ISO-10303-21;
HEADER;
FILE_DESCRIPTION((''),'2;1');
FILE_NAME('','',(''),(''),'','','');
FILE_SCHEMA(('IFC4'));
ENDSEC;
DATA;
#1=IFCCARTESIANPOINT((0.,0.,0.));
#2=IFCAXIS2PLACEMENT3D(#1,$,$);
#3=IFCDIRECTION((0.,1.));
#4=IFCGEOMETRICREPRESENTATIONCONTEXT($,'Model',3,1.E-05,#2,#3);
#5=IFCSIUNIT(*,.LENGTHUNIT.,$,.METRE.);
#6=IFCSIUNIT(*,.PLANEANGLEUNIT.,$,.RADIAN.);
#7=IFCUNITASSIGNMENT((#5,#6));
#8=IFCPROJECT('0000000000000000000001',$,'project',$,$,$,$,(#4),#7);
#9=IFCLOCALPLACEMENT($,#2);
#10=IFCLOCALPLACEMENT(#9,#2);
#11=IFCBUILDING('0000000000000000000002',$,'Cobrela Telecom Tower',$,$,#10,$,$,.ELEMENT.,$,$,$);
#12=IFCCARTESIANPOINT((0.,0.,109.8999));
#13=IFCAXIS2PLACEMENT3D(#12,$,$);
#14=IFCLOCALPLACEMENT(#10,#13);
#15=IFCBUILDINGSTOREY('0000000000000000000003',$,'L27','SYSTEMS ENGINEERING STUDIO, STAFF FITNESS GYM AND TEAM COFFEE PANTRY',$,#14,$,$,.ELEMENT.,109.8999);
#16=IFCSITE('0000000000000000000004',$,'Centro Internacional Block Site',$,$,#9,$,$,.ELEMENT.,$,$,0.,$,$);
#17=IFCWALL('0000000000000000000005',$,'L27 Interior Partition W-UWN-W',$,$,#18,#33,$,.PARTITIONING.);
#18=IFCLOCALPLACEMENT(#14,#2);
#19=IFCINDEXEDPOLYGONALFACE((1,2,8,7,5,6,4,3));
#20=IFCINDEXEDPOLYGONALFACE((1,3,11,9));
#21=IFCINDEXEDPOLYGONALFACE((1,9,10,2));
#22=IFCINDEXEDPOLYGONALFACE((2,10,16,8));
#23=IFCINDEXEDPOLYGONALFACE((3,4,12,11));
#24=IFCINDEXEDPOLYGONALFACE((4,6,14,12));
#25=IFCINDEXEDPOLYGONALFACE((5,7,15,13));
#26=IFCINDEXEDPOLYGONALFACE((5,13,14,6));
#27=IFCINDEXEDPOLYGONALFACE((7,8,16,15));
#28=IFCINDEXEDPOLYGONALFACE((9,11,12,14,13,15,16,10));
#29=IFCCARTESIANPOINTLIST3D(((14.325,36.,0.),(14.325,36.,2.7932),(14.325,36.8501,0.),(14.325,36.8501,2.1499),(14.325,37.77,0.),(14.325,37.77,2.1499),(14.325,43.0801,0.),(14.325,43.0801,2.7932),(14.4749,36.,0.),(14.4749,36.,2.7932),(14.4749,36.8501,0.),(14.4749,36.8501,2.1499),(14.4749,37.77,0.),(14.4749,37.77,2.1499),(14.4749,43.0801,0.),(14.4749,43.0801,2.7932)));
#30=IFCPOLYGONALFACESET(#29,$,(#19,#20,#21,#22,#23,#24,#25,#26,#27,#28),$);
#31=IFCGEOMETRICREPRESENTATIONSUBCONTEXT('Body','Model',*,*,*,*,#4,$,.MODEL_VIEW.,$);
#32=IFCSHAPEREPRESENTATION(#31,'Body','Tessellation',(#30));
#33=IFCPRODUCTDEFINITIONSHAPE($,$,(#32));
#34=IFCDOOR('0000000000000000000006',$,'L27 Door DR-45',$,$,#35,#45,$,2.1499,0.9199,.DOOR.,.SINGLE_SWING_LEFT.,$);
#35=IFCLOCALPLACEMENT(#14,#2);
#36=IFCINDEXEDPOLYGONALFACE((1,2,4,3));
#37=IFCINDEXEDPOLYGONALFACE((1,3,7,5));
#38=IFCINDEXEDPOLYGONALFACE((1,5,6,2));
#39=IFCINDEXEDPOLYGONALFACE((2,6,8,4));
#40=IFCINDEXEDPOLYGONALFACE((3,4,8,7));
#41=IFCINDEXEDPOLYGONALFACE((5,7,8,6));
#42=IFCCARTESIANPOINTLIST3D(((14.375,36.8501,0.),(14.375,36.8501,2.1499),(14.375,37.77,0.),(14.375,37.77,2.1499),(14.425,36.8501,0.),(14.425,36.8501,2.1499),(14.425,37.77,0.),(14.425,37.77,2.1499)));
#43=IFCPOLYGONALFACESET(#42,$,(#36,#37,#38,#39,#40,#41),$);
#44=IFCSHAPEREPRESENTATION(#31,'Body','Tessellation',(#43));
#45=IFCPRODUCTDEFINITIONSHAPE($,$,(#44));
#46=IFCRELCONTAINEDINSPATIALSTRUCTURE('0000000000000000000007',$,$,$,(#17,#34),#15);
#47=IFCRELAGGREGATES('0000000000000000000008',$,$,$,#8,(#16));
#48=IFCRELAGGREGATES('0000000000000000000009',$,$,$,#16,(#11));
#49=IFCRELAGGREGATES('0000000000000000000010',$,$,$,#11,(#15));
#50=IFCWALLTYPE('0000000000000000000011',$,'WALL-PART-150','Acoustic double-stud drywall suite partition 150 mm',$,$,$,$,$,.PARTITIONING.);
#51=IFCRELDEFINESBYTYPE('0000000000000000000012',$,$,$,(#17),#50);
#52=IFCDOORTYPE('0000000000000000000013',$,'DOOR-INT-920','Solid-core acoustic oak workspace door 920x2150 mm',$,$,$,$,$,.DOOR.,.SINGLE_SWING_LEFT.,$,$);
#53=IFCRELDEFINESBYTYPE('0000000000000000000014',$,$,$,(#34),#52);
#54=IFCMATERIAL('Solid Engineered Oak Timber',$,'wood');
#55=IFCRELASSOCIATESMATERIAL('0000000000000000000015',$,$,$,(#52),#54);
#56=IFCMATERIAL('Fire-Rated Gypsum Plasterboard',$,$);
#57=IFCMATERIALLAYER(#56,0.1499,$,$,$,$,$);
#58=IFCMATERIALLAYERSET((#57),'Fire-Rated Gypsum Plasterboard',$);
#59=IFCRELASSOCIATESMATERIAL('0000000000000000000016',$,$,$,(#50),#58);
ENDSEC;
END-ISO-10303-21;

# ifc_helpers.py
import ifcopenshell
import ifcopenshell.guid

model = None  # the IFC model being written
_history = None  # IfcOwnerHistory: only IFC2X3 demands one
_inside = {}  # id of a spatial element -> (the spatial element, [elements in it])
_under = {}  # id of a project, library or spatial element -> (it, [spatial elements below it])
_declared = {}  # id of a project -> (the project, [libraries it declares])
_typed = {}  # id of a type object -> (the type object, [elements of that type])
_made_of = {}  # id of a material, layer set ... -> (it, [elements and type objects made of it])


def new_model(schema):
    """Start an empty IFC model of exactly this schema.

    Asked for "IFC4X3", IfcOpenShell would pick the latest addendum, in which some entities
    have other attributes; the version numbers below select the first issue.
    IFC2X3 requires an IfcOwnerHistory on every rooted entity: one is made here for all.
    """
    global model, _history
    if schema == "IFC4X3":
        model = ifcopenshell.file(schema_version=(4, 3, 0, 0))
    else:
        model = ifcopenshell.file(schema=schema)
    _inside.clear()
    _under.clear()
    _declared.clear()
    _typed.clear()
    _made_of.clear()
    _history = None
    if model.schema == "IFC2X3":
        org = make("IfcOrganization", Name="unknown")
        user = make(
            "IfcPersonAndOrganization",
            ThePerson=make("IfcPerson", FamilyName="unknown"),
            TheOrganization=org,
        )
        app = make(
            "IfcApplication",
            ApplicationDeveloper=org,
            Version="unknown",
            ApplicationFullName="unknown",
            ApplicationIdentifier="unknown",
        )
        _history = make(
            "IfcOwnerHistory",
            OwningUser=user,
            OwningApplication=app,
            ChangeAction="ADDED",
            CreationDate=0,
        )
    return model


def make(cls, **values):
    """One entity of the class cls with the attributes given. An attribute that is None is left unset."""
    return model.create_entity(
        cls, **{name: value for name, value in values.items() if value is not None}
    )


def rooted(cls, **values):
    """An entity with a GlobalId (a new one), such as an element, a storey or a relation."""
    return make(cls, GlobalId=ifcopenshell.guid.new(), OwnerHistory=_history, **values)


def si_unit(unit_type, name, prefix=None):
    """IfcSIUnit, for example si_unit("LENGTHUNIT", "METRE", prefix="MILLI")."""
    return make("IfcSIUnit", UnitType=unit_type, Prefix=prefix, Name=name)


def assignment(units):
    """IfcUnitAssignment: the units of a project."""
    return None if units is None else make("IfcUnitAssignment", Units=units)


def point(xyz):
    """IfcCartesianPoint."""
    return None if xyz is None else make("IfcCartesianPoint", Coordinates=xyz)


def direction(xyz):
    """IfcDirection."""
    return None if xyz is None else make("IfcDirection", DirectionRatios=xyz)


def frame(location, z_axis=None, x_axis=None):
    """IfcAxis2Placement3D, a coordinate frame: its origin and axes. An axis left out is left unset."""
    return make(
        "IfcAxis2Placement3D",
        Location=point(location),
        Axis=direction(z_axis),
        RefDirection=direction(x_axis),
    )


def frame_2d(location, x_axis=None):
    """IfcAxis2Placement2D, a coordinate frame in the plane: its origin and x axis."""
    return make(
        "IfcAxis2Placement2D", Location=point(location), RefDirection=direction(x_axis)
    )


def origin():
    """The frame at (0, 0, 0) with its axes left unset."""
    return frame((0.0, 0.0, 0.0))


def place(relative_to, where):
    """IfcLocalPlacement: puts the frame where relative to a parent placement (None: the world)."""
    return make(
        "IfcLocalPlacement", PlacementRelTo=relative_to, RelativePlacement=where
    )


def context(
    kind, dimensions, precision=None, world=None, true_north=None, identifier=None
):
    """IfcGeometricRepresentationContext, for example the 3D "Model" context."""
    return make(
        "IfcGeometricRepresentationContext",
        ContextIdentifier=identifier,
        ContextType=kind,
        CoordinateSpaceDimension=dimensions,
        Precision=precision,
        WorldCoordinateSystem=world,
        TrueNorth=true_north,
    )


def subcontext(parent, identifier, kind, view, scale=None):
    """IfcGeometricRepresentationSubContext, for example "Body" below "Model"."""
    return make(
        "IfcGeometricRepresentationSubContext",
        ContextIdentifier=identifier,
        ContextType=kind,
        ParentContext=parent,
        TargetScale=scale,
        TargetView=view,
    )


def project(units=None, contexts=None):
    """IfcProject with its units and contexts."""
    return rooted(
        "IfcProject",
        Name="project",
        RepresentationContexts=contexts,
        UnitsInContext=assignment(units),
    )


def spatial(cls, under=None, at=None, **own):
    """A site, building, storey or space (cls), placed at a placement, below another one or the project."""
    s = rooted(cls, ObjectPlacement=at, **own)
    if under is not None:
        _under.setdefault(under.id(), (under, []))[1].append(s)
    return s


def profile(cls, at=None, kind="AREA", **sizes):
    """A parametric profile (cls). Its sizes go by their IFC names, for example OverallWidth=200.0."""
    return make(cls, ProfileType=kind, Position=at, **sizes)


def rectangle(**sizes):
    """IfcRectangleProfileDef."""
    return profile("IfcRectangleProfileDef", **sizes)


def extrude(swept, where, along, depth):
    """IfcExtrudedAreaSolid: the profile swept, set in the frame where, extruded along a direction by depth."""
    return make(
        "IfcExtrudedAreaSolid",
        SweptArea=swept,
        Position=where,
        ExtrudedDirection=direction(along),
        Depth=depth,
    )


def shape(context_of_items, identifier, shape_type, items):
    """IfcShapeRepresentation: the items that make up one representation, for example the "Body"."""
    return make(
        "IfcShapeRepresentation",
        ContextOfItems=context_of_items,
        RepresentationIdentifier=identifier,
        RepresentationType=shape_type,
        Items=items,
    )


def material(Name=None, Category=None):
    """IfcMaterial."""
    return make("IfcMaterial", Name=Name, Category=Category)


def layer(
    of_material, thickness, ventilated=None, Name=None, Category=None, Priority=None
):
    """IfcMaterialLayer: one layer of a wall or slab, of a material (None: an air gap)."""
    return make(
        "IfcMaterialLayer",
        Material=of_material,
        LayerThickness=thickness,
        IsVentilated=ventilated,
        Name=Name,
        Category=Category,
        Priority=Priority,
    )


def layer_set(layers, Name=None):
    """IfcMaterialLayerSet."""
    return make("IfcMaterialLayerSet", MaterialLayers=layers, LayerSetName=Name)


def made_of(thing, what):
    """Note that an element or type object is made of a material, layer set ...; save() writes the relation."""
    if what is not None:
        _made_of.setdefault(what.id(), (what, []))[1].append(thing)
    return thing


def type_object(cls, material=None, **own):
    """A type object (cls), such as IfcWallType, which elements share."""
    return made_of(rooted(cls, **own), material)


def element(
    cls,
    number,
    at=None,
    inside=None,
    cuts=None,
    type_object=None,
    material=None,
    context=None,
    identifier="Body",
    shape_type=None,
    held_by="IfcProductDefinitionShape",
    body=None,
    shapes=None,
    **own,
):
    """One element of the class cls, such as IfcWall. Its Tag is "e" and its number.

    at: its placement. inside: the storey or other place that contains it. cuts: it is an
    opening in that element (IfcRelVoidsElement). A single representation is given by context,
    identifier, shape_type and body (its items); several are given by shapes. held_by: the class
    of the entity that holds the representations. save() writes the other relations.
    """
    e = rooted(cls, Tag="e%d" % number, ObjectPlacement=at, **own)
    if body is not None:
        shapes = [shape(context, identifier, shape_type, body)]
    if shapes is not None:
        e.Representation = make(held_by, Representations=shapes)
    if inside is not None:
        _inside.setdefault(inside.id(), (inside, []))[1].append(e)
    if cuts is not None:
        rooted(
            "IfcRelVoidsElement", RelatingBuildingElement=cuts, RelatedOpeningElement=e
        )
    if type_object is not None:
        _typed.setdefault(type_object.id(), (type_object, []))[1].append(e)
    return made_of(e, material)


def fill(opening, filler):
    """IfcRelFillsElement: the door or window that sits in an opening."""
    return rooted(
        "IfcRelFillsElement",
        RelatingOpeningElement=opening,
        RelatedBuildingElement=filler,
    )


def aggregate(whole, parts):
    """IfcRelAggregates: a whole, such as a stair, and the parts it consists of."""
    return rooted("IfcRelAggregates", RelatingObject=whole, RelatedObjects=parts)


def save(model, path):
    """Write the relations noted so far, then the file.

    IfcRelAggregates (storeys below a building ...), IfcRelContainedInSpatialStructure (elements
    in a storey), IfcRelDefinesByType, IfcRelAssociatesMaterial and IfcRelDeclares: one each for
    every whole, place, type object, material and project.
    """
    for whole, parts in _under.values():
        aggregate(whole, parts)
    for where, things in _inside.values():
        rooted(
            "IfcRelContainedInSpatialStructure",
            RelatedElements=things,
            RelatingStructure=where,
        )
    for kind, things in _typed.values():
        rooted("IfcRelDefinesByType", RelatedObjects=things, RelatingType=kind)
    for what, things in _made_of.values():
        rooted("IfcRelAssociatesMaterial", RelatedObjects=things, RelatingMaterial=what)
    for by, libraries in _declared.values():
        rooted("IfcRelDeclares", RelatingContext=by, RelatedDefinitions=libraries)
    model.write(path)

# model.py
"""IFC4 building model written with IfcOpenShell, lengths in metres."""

from ifc_helpers import new_model, si_unit, direction, frame, frame_2d, origin, place, context, subcontext, project, spatial, rectangle, extrude, material, layer, layer_set, type_object, element, fill, save


model = new_model("IFC4")

# Units and contexts
model_context = context("Model", 3, precision=1e-05, world=origin(), true_north=direction((0.0, 1.0)))
body_context = subcontext(model_context, "Body", "Model", "MODEL_VIEW")
ifc_project = project(units=[si_unit("LENGTHUNIT", "METRE"), si_unit("PLANEANGLEUNIT", "RADIAN")], contexts=[model_context])

# Site, building, storey
site_placement = place(None, origin())
site = spatial("IfcSite", under=ifc_project, at=site_placement, Name="Centro Internacional Block Site", CompositionType="ELEMENT", RefElevation=0.0)
building_placement = place(site_placement, origin())
building = spatial("IfcBuilding", under=site, at=building_placement, Name="Cobrela Telecom Tower", CompositionType="ELEMENT")
storey_placement = place(building_placement, frame((0.0, 0.0, 109.8999)))
storey = spatial("IfcBuildingStorey", under=building, at=storey_placement, Name="L27", Description="SYSTEMS ENGINEERING STUDIO, STAFF FITNESS GYM AND TEAM COFFEE PANTRY", CompositionType="ELEMENT", Elevation=109.8999)

# Shared definitions
ifc_material_1 = material(Name="Fire-Rated Gypsum Plasterboard")
ifc_material_2 = material(Name="Solid Engineered Oak Timber", Category="wood")
door_type = type_object("IfcDoorType", Name="DOOR-INT-920", Description="Solid-core acoustic oak workspace door 920x2150 mm", OperationType="SINGLE_SWING_LEFT", PredefinedType="DOOR", material=ifc_material_2)

# Wall, opening, door
ifc_layer_1 = layer(ifc_material_1, 0.1499)
ifc_layer_set_1 = layer_set([ifc_layer_1], Name="Fire-Rated Gypsum Plasterboard")
wall_type_1 = type_object("IfcWallType", Name="WALL-PART-150", Description="Acoustic double-stud drywall suite partition 150 mm", PredefinedType="PARTITIONING", material=ifc_layer_set_1)
wall_1_placement = place(storey_placement, frame((14.3999, 36.0, 0.0), z_axis=(0.0, 0.0, 1.0), x_axis=(0.0, 1.0, 0.0)))
wall_1 = element("IfcWall", 1, at=wall_1_placement, inside=storey, type_object=wall_type_1, Name="L27 Interior Partition W-UWN-W", PredefinedType="PARTITIONING", context=body_context, shape_type="SweptSolid", body=[
    extrude(rectangle(XDim=7.0801, YDim=0.1499, at=frame_2d((3.54, 0.0))), origin(), (0.0, 0.0, 1.0), 2.7932),
])
opening_1_placement = place(wall_1_placement, frame((0.8501, 0.0, 0.0)))
opening_1 = element("IfcOpeningElement", 2, at=opening_1_placement, cuts=wall_1, PredefinedType="OPENING", context=body_context, shape_type="SweptSolid", body=[
    extrude(rectangle(XDim=0.9199, YDim=2.1499, at=frame_2d((0.46, 1.075))), frame((0.0, 0.0869, 0.0), z_axis=(0.0, -1.0, 0.0), x_axis=(1.0, 0.0, 0.0)), (0.0, 0.0, 1.0), 0.1738),
])
door_1_placement = place(opening_1_placement, origin())
door_1 = element("IfcDoor", 3, at=door_1_placement, inside=storey, type_object=door_type, Name="L27 Door DR-45", OperationType="SINGLE_SWING_LEFT", OverallHeight=2.1499, OverallWidth=0.9199, PredefinedType="DOOR", context=body_context, shape_type="SweptSolid", body=[
    extrude(rectangle(XDim=0.9199, YDim=2.1499, at=frame_2d((0.46, 1.075))), frame((0.0, 0.0249, 0.0), z_axis=(0.0, -1.0, 0.0), x_axis=(1.0, 0.0, 0.0)), (0.0, 0.0, 1.0), 0.05),
])
fill(opening_1, door_1)

save(model, "model.ifc")
